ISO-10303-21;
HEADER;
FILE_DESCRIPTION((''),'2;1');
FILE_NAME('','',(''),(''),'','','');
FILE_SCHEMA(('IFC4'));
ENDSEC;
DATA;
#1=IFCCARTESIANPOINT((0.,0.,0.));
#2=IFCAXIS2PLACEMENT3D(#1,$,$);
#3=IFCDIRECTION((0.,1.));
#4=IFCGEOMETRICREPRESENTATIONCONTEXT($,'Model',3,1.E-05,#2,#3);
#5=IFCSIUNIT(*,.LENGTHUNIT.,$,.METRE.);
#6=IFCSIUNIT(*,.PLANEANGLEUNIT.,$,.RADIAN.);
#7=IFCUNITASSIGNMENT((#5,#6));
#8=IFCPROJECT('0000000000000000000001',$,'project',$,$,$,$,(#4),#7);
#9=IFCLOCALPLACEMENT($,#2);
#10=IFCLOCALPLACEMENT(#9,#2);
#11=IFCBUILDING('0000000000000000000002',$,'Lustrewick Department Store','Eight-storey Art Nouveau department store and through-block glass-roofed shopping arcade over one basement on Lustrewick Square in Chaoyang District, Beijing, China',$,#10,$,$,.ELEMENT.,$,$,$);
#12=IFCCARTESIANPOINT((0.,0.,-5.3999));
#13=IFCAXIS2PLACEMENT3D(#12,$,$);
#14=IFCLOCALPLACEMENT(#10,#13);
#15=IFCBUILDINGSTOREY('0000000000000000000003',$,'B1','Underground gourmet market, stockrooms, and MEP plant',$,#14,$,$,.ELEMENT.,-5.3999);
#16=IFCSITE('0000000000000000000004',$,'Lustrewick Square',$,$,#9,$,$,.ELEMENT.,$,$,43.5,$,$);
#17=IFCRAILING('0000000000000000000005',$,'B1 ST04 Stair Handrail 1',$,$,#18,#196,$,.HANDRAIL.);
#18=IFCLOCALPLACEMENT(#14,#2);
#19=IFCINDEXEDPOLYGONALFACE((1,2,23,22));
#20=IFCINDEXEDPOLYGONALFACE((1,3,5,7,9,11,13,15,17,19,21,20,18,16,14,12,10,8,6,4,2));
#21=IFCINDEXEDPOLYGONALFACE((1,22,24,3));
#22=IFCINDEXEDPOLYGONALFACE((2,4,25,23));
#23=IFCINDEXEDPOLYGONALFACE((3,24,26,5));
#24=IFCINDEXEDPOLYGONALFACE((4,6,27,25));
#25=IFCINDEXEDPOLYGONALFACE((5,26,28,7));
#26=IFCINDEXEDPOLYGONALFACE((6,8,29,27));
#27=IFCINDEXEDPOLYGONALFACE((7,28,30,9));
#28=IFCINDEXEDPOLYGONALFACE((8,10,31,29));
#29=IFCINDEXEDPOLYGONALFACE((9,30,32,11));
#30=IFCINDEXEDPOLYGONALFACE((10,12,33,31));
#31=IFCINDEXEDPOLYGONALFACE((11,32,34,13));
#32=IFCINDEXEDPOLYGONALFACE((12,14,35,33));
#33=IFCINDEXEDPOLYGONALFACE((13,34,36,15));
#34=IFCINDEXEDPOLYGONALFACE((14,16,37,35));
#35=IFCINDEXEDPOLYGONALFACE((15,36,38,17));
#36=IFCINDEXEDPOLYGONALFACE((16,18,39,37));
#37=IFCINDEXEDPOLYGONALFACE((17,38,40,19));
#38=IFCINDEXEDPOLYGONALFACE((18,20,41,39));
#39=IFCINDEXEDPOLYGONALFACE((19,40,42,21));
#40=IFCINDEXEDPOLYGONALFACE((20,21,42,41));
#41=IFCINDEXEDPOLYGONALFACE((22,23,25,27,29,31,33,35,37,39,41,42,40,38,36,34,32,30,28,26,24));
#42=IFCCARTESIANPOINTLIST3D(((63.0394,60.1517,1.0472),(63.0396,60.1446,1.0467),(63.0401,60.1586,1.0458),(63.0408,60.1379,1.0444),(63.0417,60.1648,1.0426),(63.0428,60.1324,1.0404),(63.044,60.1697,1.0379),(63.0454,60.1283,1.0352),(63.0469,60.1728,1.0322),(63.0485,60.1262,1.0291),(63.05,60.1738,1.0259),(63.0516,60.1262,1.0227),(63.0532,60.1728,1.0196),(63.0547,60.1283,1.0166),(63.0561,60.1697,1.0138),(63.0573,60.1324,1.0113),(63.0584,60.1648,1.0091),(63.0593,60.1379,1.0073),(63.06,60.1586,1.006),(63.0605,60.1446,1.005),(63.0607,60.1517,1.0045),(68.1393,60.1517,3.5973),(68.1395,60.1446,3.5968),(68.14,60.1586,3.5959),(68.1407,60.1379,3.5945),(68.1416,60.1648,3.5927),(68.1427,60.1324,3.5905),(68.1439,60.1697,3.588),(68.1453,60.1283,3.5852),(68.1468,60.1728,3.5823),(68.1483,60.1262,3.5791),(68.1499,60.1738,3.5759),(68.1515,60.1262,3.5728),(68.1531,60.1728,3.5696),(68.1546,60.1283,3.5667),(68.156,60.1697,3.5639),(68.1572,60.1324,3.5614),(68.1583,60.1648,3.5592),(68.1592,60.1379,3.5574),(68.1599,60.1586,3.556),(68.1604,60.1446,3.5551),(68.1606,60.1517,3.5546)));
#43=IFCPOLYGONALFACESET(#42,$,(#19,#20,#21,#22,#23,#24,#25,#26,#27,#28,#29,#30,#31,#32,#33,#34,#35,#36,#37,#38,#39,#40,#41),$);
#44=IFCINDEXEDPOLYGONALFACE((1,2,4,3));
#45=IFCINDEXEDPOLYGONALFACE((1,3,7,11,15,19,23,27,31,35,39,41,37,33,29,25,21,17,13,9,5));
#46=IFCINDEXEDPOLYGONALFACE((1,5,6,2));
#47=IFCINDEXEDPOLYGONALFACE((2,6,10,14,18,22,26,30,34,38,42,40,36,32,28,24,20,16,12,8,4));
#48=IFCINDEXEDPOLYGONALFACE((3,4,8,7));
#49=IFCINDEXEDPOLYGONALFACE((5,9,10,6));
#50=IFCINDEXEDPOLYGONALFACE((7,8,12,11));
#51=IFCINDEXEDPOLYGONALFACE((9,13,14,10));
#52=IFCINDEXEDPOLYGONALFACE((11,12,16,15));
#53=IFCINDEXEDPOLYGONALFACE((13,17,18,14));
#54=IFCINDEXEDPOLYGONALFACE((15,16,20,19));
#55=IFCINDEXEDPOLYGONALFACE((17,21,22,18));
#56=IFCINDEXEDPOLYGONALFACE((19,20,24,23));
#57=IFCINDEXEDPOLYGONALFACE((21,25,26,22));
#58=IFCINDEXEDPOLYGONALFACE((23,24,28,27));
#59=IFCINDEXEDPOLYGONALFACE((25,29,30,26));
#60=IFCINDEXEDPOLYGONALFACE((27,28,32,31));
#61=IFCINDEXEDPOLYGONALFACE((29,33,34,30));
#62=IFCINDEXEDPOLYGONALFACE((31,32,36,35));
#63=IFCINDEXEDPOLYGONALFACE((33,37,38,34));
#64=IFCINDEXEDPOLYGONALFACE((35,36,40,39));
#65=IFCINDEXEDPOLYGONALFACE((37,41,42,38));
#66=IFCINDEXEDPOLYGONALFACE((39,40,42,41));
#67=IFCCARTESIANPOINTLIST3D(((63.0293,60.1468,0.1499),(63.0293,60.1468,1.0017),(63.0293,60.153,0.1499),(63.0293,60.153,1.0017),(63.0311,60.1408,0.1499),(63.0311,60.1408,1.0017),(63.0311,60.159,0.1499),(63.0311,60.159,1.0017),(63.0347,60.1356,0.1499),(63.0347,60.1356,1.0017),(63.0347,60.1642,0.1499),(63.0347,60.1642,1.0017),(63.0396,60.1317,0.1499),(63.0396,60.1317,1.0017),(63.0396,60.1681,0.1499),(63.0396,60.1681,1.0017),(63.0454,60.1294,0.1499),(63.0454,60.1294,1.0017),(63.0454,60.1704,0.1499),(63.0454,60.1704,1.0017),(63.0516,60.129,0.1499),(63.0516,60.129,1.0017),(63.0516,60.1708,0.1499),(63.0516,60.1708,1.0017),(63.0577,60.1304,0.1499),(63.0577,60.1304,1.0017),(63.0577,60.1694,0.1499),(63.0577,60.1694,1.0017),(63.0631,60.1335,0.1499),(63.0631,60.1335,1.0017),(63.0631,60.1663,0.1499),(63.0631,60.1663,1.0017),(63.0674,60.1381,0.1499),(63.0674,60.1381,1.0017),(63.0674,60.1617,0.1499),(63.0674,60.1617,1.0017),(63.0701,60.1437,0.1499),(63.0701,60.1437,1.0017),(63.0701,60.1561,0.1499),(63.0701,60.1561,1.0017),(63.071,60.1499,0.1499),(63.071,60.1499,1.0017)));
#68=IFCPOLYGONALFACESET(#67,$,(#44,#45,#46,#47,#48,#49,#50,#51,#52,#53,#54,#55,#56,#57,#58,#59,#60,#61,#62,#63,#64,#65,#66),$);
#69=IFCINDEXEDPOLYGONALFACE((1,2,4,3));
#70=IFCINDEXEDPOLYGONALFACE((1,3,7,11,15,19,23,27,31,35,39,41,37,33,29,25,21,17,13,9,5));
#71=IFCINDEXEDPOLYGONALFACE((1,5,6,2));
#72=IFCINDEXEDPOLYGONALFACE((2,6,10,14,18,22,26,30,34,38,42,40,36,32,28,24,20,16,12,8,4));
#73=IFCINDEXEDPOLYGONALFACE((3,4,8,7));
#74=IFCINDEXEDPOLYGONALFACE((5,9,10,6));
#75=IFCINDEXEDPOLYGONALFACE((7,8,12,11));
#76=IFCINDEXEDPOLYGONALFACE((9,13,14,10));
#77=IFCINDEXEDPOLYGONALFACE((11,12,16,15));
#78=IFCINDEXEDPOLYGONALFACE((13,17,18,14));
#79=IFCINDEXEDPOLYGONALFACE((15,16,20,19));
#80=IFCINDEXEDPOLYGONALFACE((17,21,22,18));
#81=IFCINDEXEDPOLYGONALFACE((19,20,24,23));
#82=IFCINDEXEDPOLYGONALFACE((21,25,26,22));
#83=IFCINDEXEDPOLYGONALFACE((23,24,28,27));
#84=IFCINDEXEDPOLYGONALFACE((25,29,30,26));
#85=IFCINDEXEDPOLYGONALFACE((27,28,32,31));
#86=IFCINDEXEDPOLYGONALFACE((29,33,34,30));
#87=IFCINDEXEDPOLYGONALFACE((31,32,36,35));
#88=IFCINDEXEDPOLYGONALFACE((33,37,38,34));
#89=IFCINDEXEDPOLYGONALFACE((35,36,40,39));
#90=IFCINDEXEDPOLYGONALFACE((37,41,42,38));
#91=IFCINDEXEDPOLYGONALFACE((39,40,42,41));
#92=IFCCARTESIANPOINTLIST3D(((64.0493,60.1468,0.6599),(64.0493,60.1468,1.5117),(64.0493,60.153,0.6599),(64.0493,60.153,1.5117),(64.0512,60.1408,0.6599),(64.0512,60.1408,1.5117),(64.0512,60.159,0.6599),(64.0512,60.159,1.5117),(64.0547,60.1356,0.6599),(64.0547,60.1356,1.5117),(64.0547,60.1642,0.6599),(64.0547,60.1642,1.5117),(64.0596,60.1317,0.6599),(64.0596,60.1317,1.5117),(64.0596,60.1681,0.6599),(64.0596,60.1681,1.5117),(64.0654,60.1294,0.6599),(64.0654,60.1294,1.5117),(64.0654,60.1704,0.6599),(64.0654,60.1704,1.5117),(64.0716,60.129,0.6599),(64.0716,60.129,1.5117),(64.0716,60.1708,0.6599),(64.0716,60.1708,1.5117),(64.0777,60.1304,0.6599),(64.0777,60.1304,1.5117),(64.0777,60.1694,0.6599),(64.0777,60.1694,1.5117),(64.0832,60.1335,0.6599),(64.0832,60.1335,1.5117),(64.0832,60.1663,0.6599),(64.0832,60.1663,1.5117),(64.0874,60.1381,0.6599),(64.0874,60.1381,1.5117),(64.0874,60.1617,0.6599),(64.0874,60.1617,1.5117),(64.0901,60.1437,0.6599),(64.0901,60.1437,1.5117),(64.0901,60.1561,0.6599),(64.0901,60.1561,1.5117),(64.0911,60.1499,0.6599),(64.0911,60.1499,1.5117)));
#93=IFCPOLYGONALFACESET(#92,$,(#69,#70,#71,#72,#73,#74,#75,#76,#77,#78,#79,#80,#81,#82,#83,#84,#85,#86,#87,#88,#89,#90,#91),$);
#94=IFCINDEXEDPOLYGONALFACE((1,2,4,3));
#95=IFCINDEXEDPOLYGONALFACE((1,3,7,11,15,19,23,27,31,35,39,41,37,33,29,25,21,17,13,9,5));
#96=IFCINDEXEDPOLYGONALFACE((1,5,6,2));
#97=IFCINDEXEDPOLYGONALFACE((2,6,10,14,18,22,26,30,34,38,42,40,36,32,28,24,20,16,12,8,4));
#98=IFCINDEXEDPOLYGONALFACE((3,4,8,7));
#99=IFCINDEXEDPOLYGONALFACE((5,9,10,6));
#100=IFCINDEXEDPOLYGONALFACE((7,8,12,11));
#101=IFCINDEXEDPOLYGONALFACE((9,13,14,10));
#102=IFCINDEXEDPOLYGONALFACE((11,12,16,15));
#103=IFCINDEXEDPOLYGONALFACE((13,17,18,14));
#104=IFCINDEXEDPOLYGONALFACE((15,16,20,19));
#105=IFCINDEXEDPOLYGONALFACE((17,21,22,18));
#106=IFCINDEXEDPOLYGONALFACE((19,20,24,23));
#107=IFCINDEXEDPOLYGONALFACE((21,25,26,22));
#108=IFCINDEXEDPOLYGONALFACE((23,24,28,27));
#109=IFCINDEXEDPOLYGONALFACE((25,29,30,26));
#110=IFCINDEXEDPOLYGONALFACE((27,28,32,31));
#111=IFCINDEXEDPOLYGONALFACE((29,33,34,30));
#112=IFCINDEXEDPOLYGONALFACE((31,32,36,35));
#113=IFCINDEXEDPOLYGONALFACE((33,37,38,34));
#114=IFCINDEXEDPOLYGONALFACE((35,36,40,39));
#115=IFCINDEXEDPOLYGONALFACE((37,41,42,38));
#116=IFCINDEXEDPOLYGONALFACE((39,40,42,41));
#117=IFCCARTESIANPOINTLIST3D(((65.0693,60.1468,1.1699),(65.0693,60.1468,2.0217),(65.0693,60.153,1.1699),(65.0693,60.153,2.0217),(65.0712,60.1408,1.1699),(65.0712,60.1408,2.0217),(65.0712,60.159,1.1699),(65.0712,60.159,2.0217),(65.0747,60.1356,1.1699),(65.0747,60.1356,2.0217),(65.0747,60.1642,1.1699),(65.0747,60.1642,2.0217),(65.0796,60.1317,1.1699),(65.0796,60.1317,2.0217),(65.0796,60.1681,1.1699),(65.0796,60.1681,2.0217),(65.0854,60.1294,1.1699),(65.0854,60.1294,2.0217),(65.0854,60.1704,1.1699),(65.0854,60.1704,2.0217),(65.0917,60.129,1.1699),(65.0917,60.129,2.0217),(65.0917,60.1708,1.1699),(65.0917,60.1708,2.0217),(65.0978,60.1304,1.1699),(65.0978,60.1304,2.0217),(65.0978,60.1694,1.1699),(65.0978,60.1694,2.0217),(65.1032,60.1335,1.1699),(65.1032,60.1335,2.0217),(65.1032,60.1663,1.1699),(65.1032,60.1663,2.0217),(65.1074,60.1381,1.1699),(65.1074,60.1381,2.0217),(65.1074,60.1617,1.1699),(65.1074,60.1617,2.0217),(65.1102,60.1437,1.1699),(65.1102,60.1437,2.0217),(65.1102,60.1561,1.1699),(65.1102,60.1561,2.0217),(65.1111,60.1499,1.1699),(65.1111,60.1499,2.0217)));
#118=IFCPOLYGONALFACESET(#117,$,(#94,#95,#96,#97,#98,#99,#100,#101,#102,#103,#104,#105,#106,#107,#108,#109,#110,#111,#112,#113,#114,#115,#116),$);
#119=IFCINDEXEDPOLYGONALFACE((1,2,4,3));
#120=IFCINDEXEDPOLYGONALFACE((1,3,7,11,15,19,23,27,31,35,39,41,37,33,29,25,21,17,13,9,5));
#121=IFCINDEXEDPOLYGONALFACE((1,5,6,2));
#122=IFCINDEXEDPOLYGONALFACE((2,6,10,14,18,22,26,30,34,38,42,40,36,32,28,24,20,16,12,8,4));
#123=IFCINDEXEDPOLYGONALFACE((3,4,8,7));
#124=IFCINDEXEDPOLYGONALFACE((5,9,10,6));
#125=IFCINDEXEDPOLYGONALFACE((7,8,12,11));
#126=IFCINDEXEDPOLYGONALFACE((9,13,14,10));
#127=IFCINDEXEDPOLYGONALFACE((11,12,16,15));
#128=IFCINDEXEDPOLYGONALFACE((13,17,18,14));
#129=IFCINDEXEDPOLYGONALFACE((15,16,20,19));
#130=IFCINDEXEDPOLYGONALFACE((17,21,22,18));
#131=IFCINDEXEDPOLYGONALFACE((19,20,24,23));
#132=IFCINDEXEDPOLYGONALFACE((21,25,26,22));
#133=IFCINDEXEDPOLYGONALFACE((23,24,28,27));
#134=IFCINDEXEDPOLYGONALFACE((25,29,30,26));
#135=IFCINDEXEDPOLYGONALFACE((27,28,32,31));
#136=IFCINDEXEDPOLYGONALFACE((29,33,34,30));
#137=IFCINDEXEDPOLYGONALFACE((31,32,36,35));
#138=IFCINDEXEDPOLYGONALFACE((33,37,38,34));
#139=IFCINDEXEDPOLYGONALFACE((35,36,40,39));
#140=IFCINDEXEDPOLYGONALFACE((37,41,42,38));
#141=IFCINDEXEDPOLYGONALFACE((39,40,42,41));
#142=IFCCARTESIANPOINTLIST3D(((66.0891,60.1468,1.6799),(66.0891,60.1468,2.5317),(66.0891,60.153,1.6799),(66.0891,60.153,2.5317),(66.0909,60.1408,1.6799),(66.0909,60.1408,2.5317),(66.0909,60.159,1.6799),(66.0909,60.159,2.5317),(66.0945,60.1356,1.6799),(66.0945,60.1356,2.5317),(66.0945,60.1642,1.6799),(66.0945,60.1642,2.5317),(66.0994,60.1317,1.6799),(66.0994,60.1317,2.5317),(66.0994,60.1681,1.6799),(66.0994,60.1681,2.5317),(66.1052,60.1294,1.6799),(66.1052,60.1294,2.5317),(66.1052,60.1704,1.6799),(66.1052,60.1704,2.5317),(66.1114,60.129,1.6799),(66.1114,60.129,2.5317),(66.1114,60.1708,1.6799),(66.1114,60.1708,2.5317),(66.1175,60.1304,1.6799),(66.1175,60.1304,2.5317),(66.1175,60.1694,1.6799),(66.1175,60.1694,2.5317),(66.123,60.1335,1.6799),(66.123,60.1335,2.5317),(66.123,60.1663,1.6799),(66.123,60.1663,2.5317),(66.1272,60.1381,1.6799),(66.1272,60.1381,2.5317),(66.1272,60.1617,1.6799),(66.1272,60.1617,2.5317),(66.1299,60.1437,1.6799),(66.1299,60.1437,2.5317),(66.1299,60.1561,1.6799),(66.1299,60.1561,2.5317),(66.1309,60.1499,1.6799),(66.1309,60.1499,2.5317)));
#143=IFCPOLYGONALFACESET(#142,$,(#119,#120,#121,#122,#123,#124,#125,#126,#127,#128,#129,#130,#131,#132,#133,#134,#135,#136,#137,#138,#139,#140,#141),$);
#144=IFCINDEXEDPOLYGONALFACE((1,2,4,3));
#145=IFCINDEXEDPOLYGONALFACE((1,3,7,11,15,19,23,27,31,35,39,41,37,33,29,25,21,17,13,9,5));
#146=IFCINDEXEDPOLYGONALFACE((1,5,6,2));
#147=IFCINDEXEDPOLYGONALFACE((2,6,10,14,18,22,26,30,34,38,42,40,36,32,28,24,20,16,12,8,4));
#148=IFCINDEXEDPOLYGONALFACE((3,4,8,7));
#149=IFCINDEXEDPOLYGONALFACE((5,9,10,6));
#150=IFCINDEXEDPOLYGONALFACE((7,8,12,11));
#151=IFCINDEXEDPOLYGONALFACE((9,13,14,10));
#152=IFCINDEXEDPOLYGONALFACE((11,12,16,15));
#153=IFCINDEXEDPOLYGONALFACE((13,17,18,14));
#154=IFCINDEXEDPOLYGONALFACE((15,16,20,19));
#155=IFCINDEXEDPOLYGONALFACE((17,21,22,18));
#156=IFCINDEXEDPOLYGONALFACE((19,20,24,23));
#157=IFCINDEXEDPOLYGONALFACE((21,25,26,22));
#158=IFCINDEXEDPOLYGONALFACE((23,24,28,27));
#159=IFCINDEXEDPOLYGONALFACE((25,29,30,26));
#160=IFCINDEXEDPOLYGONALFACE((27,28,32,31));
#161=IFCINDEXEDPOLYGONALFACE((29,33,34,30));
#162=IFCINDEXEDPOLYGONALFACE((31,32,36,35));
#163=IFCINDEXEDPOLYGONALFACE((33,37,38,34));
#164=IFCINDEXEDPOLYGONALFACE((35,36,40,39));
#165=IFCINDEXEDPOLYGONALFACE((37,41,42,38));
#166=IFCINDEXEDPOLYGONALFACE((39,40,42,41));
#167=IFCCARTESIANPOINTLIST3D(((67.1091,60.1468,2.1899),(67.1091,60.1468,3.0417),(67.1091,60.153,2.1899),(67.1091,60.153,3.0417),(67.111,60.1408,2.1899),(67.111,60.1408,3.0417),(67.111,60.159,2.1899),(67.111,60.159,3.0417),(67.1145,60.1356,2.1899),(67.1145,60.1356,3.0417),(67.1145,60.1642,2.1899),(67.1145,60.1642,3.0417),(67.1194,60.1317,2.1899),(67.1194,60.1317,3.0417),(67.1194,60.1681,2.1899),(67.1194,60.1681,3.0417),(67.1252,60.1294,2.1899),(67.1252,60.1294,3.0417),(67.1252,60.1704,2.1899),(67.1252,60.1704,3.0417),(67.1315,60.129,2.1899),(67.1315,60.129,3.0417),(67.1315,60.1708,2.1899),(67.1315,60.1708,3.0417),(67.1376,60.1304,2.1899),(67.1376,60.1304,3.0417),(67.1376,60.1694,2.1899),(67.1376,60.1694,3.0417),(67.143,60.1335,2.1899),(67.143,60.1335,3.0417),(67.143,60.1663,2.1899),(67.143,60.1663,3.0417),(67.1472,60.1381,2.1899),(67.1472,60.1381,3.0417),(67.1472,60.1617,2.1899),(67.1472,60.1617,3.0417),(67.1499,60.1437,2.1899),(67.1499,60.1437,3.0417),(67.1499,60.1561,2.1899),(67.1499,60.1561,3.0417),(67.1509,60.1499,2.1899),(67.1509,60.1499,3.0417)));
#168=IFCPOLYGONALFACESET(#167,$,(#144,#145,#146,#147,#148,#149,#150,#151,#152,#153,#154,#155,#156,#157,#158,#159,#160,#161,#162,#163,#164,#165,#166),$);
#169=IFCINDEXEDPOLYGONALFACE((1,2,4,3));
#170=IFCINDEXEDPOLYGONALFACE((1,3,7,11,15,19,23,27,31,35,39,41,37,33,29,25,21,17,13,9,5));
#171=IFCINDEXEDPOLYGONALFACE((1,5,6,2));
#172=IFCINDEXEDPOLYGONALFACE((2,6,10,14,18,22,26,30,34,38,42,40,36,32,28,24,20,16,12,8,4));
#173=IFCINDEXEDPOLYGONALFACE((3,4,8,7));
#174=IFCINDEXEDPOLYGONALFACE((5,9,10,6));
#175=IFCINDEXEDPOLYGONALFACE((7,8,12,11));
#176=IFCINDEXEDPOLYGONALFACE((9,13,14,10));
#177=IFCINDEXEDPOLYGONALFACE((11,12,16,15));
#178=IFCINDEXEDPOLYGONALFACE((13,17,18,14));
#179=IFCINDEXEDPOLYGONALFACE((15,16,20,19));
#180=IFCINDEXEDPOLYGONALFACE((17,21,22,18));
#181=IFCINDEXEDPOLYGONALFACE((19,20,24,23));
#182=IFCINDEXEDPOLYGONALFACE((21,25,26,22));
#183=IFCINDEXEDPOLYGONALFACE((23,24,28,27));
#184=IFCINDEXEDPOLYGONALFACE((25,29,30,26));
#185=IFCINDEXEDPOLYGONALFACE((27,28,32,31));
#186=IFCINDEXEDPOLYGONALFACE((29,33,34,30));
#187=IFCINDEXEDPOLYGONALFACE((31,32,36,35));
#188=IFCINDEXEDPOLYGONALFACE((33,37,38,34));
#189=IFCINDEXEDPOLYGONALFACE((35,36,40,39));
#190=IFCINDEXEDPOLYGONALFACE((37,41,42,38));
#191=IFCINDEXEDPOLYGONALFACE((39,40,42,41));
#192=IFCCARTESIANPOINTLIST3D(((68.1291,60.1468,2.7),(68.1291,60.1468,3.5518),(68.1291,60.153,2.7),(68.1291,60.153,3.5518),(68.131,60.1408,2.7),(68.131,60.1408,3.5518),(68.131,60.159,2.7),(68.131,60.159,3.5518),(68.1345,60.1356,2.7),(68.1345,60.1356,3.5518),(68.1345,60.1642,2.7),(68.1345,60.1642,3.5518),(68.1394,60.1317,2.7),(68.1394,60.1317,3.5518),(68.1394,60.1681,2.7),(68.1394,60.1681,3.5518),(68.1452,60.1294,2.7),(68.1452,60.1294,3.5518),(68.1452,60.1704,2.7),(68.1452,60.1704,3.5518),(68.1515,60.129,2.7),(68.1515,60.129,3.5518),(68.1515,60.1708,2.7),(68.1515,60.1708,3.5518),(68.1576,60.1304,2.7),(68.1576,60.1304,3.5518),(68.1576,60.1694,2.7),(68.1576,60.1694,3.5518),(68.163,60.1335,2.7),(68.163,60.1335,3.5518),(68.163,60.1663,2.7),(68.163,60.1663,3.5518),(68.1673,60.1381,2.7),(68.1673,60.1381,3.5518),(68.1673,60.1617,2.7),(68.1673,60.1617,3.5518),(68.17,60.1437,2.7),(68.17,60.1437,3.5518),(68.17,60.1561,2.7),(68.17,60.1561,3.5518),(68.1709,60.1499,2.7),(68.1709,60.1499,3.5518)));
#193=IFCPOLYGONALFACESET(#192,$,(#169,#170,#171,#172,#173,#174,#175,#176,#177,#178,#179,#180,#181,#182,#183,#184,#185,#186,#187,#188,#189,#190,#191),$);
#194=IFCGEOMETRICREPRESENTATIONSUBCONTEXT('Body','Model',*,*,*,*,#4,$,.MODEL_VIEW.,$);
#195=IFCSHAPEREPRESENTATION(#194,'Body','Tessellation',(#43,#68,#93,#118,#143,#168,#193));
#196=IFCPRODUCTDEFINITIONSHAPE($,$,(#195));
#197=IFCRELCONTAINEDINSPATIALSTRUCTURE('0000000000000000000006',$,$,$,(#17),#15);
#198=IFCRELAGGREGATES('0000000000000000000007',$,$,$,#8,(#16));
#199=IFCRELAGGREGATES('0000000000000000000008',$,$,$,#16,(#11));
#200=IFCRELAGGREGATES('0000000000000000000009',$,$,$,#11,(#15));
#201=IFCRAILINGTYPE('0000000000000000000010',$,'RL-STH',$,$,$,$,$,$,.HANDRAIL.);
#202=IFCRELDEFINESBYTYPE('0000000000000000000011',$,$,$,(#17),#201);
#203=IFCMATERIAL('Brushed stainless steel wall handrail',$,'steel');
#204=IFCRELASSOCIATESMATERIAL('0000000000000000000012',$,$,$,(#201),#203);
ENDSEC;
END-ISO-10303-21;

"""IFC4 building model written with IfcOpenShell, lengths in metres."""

from ifc_helpers import new_model, si_unit, direction, frame, origin, origin_2d, place, context, subcontext, project, spatial, circle, extrude, material, type_object, element, save


model = new_model("IFC4")

# Units and contexts
model_context = context("Model", 3, precision=1e-05, world=origin(), true_north=direction((0.0, 1.0)))
body_context = subcontext(model_context, "Body", "Model", "MODEL_VIEW")
ifc_project = project(units=[si_unit("LENGTHUNIT", "METRE"), si_unit("PLANEANGLEUNIT", "RADIAN")], contexts=[model_context])

# Site, building, storey
site_placement = place(None, origin())
site = spatial("IfcSite", under=ifc_project, at=site_placement, Name="Lustrewick Square", CompositionType="ELEMENT", RefElevation=43.5)
building_placement = place(site_placement, origin())
building = spatial("IfcBuilding", under=site, at=building_placement, Name="Lustrewick Department Store", Description="Eight-storey Art Nouveau department store and through-block glass-roofed shopping arcade over one basement on Lustrewick Square in Chaoyang District, Beijing, China", CompositionType="ELEMENT")
storey_placement = place(building_placement, frame((0.0, 0.0, -5.3999)))
storey = spatial("IfcBuildingStorey", under=building, at=storey_placement, Name="B1", Description="Underground gourmet market, stockrooms, and MEP plant", CompositionType="ELEMENT", Elevation=-5.3999)

# Railing
ifc_material_1 = material(Name="Brushed stainless steel wall handrail", Category="steel")
railing_type_1 = type_object("IfcRailingType", Name="RL-STH", PredefinedType="HANDRAIL", material=ifc_material_1)
railing_1_placement = place(storey_placement, frame((63.05, 60.1499, 0.1499)))
element("IfcRailing", 1, at=railing_1_placement, inside=storey, type_object=railing_type_1, Name="B1 ST04 Stair Handrail 1", PredefinedType="HANDRAIL", context=body_context, shape_type="SweptSolid", body=[
    extrude(circle(Radius=0.0239, at=origin_2d()), frame((0.0, 0.0, 0.876), z_axis=(0.894419, 0.0, 0.447231), x_axis=(0.0, 1.0, 0.0)), (0.0, 0.0, 1.0), 5.7019),
    extrude(circle(Radius=0.021, at=origin_2d()), origin(), (0.0, 0.0, 1.0), 0.8518),
    extrude(circle(Radius=0.021, at=origin_2d()), frame((1.02, 0.0, 0.51)), (0.0, 0.0, 1.0), 0.8518),
    extrude(circle(Radius=0.021, at=origin_2d()), frame((2.04, 0.0, 1.02)), (0.0, 0.0, 1.0), 0.8518),
    extrude(circle(Radius=0.021, at=origin_2d()), frame((3.0598, 0.0, 1.53)), (0.0, 0.0, 1.0), 0.8518),
    extrude(circle(Radius=0.021, at=origin_2d()), frame((4.0798, 0.0, 2.04)), (0.0, 0.0, 1.0), 0.8518),
    extrude(circle(Radius=0.021, at=origin_2d()), frame((5.0999, 0.0, 2.55)), (0.0, 0.0, 1.0), 0.8518),
])

save(model, "model.ifc")
